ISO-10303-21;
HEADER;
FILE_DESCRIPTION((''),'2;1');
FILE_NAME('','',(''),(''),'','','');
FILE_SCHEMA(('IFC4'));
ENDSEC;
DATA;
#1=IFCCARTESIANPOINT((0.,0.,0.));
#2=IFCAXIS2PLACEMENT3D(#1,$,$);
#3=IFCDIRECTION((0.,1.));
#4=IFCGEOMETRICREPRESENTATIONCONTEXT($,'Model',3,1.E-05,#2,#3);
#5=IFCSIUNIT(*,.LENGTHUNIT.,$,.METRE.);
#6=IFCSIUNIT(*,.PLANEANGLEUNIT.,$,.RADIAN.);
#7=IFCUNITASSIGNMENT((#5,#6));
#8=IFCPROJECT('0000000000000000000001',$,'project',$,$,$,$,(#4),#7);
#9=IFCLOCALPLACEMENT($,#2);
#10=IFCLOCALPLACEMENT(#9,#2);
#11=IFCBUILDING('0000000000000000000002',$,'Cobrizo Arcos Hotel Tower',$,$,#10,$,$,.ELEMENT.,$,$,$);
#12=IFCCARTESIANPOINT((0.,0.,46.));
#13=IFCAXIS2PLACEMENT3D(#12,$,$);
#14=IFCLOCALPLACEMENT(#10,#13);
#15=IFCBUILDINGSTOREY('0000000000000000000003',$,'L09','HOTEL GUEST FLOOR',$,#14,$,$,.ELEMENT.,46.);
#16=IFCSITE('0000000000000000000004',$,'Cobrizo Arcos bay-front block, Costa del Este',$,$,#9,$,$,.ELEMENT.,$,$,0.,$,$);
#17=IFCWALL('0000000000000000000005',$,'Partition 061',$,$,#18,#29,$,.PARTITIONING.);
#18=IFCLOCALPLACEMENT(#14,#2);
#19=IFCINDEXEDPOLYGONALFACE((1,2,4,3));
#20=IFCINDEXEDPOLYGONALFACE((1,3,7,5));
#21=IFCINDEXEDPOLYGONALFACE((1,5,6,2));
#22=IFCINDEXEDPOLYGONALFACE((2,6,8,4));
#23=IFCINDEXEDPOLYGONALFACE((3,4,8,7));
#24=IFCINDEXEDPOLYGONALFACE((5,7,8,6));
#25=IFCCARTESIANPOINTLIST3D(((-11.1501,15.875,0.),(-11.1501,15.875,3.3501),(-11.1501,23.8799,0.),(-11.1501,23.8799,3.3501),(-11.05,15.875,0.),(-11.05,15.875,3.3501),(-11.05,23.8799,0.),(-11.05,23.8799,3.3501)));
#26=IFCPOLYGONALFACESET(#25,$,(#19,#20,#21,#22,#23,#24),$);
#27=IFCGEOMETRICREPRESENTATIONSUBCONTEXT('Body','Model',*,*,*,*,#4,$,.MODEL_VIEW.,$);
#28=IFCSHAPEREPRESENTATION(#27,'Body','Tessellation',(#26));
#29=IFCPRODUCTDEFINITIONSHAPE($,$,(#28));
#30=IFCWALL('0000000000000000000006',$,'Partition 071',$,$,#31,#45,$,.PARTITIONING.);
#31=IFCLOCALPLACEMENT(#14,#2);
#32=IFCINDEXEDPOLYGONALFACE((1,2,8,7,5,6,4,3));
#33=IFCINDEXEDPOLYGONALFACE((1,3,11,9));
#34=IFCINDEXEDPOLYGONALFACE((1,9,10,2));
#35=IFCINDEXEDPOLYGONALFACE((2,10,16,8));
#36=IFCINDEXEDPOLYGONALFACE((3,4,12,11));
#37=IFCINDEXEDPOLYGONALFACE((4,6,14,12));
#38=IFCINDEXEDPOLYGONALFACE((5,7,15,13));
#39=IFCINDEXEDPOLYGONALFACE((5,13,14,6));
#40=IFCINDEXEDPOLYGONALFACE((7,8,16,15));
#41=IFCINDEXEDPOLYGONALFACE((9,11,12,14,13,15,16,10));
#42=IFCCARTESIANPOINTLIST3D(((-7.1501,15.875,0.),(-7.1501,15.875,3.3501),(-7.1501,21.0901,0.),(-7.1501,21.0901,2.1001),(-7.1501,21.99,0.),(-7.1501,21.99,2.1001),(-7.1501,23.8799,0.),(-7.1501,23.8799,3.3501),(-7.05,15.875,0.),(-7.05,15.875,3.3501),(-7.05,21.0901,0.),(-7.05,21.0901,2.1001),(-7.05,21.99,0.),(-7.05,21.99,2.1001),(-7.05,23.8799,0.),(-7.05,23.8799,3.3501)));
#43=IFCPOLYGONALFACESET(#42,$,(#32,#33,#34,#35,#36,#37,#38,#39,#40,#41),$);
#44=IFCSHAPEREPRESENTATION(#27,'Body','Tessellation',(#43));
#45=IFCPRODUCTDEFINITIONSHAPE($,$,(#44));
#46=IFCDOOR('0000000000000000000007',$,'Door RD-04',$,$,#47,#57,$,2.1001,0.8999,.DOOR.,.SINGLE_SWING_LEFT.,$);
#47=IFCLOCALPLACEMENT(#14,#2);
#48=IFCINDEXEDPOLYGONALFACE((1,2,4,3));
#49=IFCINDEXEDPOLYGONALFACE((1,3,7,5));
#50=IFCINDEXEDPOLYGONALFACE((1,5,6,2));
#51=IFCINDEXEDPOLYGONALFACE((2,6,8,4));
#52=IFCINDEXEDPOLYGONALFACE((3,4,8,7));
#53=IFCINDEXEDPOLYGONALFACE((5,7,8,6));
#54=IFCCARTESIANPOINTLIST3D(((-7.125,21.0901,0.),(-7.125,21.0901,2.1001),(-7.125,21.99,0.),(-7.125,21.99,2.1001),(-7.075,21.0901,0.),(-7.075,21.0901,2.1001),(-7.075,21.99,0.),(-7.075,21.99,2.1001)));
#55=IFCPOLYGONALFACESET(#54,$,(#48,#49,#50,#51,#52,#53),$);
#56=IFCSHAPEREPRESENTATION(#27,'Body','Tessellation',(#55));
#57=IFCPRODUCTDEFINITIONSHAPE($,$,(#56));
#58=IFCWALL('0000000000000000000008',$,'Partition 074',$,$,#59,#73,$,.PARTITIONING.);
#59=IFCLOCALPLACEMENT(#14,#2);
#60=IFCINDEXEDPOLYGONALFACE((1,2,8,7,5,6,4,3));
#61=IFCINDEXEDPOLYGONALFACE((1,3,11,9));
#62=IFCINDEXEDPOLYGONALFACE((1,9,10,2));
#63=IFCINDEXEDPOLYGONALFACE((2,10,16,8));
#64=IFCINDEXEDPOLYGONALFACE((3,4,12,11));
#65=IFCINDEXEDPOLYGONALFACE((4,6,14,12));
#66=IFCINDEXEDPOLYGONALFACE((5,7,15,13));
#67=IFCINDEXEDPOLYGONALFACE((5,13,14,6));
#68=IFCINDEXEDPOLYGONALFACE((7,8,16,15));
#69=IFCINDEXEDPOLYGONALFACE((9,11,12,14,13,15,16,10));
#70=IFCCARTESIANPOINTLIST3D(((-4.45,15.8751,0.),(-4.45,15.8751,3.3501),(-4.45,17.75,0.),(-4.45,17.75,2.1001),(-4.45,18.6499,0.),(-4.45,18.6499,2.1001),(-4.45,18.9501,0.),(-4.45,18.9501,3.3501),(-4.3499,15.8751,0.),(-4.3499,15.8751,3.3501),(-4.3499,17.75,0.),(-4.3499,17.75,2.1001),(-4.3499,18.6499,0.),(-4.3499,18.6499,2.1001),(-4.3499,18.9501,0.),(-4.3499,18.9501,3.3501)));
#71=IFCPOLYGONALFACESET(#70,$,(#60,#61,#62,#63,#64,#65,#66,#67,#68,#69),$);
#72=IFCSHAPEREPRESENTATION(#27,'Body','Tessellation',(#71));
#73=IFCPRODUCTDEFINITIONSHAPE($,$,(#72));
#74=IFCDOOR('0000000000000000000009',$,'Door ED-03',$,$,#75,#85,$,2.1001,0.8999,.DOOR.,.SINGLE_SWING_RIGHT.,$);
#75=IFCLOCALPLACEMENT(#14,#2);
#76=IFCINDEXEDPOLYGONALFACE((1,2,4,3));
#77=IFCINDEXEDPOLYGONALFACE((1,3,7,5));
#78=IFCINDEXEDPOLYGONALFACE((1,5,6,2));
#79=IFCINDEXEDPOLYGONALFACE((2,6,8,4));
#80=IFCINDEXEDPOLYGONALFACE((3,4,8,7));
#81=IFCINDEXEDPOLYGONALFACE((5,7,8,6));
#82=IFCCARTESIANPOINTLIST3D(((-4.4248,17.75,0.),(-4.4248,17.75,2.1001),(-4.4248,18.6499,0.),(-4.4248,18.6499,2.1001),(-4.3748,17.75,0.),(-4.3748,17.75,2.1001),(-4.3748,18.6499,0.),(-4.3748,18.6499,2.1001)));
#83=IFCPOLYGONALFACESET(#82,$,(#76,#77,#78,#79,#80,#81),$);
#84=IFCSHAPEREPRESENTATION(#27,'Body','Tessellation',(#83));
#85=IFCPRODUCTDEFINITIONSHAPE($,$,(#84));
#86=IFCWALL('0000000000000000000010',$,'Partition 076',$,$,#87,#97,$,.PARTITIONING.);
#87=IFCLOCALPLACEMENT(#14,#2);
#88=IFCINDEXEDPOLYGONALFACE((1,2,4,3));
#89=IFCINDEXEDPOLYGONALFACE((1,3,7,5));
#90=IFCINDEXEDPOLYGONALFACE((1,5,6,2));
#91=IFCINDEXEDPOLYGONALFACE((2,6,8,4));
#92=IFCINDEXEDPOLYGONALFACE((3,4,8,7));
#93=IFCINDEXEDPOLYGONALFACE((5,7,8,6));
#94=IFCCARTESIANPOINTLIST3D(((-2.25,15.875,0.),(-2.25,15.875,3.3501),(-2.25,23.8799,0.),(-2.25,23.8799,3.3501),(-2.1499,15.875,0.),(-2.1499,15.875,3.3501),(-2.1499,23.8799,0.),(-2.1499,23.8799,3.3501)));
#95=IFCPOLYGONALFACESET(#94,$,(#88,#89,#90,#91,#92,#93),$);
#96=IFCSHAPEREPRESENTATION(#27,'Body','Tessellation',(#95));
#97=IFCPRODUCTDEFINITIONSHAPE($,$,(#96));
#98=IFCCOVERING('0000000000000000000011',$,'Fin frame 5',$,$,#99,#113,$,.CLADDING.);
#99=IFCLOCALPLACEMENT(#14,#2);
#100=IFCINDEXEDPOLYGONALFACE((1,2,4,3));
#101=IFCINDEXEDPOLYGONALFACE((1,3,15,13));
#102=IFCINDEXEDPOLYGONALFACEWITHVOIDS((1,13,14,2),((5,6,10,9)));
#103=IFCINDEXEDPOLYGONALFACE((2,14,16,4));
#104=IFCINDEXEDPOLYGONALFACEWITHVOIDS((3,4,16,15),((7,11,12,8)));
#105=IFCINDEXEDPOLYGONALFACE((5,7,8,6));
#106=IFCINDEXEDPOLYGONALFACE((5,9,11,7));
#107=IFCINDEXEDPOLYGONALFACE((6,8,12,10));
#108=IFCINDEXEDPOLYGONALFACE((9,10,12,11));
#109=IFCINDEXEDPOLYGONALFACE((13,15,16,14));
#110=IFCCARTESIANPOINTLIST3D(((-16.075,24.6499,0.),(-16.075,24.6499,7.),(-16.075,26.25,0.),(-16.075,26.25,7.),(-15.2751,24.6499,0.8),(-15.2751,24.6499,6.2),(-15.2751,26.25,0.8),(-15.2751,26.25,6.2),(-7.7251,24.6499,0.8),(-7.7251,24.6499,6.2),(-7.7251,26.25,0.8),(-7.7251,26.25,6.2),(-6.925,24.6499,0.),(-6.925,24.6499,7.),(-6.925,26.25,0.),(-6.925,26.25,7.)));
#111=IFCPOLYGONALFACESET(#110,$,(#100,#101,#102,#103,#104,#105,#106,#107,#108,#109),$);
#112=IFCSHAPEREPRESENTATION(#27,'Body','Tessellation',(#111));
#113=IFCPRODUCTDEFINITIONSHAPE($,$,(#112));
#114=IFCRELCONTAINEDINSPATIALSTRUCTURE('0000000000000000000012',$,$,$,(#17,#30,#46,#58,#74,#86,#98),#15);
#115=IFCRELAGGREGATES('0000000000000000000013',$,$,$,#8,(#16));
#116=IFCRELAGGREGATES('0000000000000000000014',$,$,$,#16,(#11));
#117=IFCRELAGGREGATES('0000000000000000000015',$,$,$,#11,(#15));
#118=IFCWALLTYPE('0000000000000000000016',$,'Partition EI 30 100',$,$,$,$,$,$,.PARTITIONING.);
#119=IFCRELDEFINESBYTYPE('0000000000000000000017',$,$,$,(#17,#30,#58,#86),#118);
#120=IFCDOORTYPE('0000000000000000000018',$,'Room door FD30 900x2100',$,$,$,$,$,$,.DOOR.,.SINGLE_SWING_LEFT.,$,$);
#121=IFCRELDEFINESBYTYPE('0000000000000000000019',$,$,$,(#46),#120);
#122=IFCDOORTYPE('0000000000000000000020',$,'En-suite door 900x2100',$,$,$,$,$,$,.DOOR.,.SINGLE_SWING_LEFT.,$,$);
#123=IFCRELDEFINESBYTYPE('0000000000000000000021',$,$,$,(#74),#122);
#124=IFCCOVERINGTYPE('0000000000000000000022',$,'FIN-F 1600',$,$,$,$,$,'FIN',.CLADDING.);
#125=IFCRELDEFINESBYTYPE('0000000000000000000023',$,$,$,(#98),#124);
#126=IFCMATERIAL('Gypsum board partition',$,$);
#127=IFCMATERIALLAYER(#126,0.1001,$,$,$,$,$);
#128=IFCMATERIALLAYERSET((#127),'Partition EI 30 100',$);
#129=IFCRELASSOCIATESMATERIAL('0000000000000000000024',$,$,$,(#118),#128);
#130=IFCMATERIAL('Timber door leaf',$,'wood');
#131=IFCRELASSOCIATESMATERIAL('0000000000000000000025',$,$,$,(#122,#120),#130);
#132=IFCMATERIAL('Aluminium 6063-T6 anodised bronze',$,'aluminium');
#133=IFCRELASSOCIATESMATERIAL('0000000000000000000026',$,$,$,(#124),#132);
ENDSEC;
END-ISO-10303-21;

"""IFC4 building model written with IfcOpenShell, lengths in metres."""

from ifc_helpers import new_model, si_unit, direction, frame, frame_2d, origin, place, context, subcontext, project, spatial, polyline, rectangle, outline, extrude, material, layer, layer_set, type_object, element, fill, save


model = new_model("IFC4")

# Units and contexts
model_context = context("Model", 3, precision=1e-05, world=origin(), true_north=direction((0.0, 1.0)))
body_context = subcontext(model_context, "Body", "Model", "MODEL_VIEW")
ifc_project = project(units=[si_unit("LENGTHUNIT", "METRE"), si_unit("PLANEANGLEUNIT", "RADIAN")], contexts=[model_context])

# Site, building, storey
site_placement = place(None, origin())
site = spatial("IfcSite", under=ifc_project, at=site_placement, Name="Cobrizo Arcos bay-front block, Costa del Este", CompositionType="ELEMENT", RefElevation=0.0)
building_placement = place(site_placement, origin())
building = spatial("IfcBuilding", under=site, at=building_placement, Name="Cobrizo Arcos Hotel Tower", CompositionType="ELEMENT")
storey_placement = place(building_placement, frame((0.0, 0.0, 46.0)))
storey = spatial("IfcBuildingStorey", under=building, at=storey_placement, Name="L09", Description="HOTEL GUEST FLOOR", CompositionType="ELEMENT", Elevation=46.0)

# Shared definitions
ifc_material_1 = material(Name="Aluminium 6063-T6 anodised bronze", Category="aluminium")

# Shared definitions
ifc_material_2 = material(Name="Gypsum board partition")
ifc_layer_1 = layer(ifc_material_2, 0.1001)
ifc_layer_set_1 = layer_set([ifc_layer_1], Name="Partition EI 30 100")
wall_type = type_object("IfcWallType", Name="Partition EI 30 100", PredefinedType="PARTITIONING", material=ifc_layer_set_1)

# Shared definitions
ifc_material_3 = material(Name="Timber door leaf", Category="wood")
door_type_1 = type_object("IfcDoorType", Name="En-suite door 900x2100", OperationType="SINGLE_SWING_LEFT", PredefinedType="DOOR", material=ifc_material_3)

# Wall
wall_1_placement = place(storey_placement, frame((-11.1001, 15.875, 0.0), z_axis=(0.0, 0.0, 1.0), x_axis=(0.0, 1.0, 0.0)))
element("IfcWall", 1, at=wall_1_placement, inside=storey, type_object=wall_type, Name="Partition 061", PredefinedType="PARTITIONING", context=body_context, shape_type="SweptSolid", body=[
    extrude(rectangle(XDim=8.0049, YDim=0.1001, at=frame_2d((4.0024, 0.0))), origin(), (0.0, 0.0, 1.0), 3.3501),
])

# Walls, openings, doors
wall_2_placement = place(storey_placement, frame((-7.1001, 15.875, 0.0), z_axis=(0.0, 0.0, 1.0), x_axis=(0.0, 1.0, 0.0)))
wall_2 = element("IfcWall", 2, at=wall_2_placement, inside=storey, type_object=wall_type, Name="Partition 071", PredefinedType="PARTITIONING", context=body_context, shape_type="SweptSolid", body=[
    extrude(rectangle(XDim=8.0049, YDim=0.1001, at=frame_2d((4.0024, 0.0))), origin(), (0.0, 0.0, 1.0), 3.3501),
])
opening_1_placement = place(wall_2_placement, frame((5.2151, 0.0, 0.0)))
opening_1 = element("IfcOpeningElement", 3, at=opening_1_placement, cuts=wall_2, PredefinedType="OPENING", context=body_context, shape_type="SweptSolid", body=[
    extrude(rectangle(XDim=0.8999, YDim=2.1001, at=frame_2d((0.45, 1.05))), frame((0.0, 0.062, 0.0), z_axis=(0.0, -1.0, 0.0), x_axis=(1.0, 0.0, 0.0)), (0.0, 0.0, 1.0), 0.124),
])
door_type_2 = type_object("IfcDoorType", Name="Room door FD30 900x2100", OperationType="SINGLE_SWING_LEFT", PredefinedType="DOOR", material=ifc_material_3)
door_1_placement = place(opening_1_placement, origin())
door_1 = element("IfcDoor", 4, at=door_1_placement, inside=storey, type_object=door_type_2, Name="Door RD-04", OperationType="SINGLE_SWING_LEFT", OverallHeight=2.1001, OverallWidth=0.8999, PredefinedType="DOOR", context=body_context, shape_type="SweptSolid", body=[
    extrude(rectangle(XDim=0.8999, YDim=2.1001, at=frame_2d((0.45, 1.05))), frame((0.0, 0.0249, 0.0), z_axis=(0.0, -1.0, 0.0), x_axis=(1.0, 0.0, 0.0)), (0.0, 0.0, 1.0), 0.05),
])
fill(opening_1, door_1)
wall_3_placement = place(storey_placement, frame((-4.3999, 15.875, 0.0), z_axis=(0.0, 0.0, 1.0), x_axis=(0.0, 1.0, 0.0)))
wall_3 = element("IfcWall", 5, at=wall_3_placement, inside=storey, type_object=wall_type, Name="Partition 074", PredefinedType="PARTITIONING", context=body_context, shape_type="SweptSolid", body=[
    extrude(rectangle(XDim=3.075, YDim=0.1001, at=frame_2d((1.5376, 0.0))), origin(), (0.0, 0.0, 1.0), 3.3501),
])
opening_2_placement = place(wall_3_placement, frame((1.875, 0.0, 0.0)))
opening_2 = element("IfcOpeningElement", 6, at=opening_2_placement, cuts=wall_3, PredefinedType="OPENING", context=body_context, shape_type="SweptSolid", body=[
    extrude(rectangle(XDim=0.8999, YDim=2.1001, at=frame_2d((0.45, 1.05))), frame((0.0, 0.062, 0.0), z_axis=(0.0, -1.0, 0.0), x_axis=(1.0, 0.0, 0.0)), (0.0, 0.0, 1.0), 0.124),
])
door_2_placement = place(opening_2_placement, origin())
door_2 = element("IfcDoor", 7, at=door_2_placement, inside=storey, type_object=door_type_1, Name="Door ED-03", OperationType="SINGLE_SWING_RIGHT", OverallHeight=2.1001, OverallWidth=0.8999, PredefinedType="DOOR", context=body_context, shape_type="SweptSolid", body=[
    extrude(rectangle(XDim=0.8999, YDim=2.1001, at=frame_2d((0.45, 1.05))), frame((0.0, 0.0249, 0.0), z_axis=(0.0, -1.0, 0.0), x_axis=(1.0, 0.0, 0.0)), (0.0, 0.0, 1.0), 0.05),
])
fill(opening_2, door_2)

# Wall
wall_4_placement = place(storey_placement, frame((-2.2, 15.875, 0.0), z_axis=(0.0, 0.0, 1.0), x_axis=(0.0, 1.0, 0.0)))
element("IfcWall", 8, at=wall_4_placement, inside=storey, type_object=wall_type, Name="Partition 076", PredefinedType="PARTITIONING", context=body_context, shape_type="SweptSolid", body=[
    extrude(rectangle(XDim=8.0049, YDim=0.1001, at=frame_2d((4.0024, 0.0))), origin(), (0.0, 0.0, 1.0), 3.3501),
])

# Covering
covering_type = type_object("IfcCoveringType", Name="FIN-F 1600", ElementType="FIN", PredefinedType="CLADDING", material=ifc_material_1)
covering_placement = place(storey_placement, frame((-6.925, 24.6499, 0.0), z_axis=(0.0, 1.0, 0.0), x_axis=(-1.0, 0.0, 0.0)))
element("IfcCovering", 9, at=covering_placement, inside=storey, type_object=covering_type, Name="Fin frame 5", PredefinedType="CLADDING", context=body_context, shape_type="SweptSolid", body=[
    extrude(outline(polyline([(0.0, 7.0), (0.0, 0.0), (9.1499, 0.0), (9.1499, 7.0), (0.0, 7.0)]), holes=[polyline([(8.3501, 0.8), (0.8, 0.8), (0.8, 6.2), (8.3501, 6.2), (8.3501, 0.8)])]), origin(), (0.0, 0.0, 1.0), 1.6001),
])

save(model, "model.ifc")
